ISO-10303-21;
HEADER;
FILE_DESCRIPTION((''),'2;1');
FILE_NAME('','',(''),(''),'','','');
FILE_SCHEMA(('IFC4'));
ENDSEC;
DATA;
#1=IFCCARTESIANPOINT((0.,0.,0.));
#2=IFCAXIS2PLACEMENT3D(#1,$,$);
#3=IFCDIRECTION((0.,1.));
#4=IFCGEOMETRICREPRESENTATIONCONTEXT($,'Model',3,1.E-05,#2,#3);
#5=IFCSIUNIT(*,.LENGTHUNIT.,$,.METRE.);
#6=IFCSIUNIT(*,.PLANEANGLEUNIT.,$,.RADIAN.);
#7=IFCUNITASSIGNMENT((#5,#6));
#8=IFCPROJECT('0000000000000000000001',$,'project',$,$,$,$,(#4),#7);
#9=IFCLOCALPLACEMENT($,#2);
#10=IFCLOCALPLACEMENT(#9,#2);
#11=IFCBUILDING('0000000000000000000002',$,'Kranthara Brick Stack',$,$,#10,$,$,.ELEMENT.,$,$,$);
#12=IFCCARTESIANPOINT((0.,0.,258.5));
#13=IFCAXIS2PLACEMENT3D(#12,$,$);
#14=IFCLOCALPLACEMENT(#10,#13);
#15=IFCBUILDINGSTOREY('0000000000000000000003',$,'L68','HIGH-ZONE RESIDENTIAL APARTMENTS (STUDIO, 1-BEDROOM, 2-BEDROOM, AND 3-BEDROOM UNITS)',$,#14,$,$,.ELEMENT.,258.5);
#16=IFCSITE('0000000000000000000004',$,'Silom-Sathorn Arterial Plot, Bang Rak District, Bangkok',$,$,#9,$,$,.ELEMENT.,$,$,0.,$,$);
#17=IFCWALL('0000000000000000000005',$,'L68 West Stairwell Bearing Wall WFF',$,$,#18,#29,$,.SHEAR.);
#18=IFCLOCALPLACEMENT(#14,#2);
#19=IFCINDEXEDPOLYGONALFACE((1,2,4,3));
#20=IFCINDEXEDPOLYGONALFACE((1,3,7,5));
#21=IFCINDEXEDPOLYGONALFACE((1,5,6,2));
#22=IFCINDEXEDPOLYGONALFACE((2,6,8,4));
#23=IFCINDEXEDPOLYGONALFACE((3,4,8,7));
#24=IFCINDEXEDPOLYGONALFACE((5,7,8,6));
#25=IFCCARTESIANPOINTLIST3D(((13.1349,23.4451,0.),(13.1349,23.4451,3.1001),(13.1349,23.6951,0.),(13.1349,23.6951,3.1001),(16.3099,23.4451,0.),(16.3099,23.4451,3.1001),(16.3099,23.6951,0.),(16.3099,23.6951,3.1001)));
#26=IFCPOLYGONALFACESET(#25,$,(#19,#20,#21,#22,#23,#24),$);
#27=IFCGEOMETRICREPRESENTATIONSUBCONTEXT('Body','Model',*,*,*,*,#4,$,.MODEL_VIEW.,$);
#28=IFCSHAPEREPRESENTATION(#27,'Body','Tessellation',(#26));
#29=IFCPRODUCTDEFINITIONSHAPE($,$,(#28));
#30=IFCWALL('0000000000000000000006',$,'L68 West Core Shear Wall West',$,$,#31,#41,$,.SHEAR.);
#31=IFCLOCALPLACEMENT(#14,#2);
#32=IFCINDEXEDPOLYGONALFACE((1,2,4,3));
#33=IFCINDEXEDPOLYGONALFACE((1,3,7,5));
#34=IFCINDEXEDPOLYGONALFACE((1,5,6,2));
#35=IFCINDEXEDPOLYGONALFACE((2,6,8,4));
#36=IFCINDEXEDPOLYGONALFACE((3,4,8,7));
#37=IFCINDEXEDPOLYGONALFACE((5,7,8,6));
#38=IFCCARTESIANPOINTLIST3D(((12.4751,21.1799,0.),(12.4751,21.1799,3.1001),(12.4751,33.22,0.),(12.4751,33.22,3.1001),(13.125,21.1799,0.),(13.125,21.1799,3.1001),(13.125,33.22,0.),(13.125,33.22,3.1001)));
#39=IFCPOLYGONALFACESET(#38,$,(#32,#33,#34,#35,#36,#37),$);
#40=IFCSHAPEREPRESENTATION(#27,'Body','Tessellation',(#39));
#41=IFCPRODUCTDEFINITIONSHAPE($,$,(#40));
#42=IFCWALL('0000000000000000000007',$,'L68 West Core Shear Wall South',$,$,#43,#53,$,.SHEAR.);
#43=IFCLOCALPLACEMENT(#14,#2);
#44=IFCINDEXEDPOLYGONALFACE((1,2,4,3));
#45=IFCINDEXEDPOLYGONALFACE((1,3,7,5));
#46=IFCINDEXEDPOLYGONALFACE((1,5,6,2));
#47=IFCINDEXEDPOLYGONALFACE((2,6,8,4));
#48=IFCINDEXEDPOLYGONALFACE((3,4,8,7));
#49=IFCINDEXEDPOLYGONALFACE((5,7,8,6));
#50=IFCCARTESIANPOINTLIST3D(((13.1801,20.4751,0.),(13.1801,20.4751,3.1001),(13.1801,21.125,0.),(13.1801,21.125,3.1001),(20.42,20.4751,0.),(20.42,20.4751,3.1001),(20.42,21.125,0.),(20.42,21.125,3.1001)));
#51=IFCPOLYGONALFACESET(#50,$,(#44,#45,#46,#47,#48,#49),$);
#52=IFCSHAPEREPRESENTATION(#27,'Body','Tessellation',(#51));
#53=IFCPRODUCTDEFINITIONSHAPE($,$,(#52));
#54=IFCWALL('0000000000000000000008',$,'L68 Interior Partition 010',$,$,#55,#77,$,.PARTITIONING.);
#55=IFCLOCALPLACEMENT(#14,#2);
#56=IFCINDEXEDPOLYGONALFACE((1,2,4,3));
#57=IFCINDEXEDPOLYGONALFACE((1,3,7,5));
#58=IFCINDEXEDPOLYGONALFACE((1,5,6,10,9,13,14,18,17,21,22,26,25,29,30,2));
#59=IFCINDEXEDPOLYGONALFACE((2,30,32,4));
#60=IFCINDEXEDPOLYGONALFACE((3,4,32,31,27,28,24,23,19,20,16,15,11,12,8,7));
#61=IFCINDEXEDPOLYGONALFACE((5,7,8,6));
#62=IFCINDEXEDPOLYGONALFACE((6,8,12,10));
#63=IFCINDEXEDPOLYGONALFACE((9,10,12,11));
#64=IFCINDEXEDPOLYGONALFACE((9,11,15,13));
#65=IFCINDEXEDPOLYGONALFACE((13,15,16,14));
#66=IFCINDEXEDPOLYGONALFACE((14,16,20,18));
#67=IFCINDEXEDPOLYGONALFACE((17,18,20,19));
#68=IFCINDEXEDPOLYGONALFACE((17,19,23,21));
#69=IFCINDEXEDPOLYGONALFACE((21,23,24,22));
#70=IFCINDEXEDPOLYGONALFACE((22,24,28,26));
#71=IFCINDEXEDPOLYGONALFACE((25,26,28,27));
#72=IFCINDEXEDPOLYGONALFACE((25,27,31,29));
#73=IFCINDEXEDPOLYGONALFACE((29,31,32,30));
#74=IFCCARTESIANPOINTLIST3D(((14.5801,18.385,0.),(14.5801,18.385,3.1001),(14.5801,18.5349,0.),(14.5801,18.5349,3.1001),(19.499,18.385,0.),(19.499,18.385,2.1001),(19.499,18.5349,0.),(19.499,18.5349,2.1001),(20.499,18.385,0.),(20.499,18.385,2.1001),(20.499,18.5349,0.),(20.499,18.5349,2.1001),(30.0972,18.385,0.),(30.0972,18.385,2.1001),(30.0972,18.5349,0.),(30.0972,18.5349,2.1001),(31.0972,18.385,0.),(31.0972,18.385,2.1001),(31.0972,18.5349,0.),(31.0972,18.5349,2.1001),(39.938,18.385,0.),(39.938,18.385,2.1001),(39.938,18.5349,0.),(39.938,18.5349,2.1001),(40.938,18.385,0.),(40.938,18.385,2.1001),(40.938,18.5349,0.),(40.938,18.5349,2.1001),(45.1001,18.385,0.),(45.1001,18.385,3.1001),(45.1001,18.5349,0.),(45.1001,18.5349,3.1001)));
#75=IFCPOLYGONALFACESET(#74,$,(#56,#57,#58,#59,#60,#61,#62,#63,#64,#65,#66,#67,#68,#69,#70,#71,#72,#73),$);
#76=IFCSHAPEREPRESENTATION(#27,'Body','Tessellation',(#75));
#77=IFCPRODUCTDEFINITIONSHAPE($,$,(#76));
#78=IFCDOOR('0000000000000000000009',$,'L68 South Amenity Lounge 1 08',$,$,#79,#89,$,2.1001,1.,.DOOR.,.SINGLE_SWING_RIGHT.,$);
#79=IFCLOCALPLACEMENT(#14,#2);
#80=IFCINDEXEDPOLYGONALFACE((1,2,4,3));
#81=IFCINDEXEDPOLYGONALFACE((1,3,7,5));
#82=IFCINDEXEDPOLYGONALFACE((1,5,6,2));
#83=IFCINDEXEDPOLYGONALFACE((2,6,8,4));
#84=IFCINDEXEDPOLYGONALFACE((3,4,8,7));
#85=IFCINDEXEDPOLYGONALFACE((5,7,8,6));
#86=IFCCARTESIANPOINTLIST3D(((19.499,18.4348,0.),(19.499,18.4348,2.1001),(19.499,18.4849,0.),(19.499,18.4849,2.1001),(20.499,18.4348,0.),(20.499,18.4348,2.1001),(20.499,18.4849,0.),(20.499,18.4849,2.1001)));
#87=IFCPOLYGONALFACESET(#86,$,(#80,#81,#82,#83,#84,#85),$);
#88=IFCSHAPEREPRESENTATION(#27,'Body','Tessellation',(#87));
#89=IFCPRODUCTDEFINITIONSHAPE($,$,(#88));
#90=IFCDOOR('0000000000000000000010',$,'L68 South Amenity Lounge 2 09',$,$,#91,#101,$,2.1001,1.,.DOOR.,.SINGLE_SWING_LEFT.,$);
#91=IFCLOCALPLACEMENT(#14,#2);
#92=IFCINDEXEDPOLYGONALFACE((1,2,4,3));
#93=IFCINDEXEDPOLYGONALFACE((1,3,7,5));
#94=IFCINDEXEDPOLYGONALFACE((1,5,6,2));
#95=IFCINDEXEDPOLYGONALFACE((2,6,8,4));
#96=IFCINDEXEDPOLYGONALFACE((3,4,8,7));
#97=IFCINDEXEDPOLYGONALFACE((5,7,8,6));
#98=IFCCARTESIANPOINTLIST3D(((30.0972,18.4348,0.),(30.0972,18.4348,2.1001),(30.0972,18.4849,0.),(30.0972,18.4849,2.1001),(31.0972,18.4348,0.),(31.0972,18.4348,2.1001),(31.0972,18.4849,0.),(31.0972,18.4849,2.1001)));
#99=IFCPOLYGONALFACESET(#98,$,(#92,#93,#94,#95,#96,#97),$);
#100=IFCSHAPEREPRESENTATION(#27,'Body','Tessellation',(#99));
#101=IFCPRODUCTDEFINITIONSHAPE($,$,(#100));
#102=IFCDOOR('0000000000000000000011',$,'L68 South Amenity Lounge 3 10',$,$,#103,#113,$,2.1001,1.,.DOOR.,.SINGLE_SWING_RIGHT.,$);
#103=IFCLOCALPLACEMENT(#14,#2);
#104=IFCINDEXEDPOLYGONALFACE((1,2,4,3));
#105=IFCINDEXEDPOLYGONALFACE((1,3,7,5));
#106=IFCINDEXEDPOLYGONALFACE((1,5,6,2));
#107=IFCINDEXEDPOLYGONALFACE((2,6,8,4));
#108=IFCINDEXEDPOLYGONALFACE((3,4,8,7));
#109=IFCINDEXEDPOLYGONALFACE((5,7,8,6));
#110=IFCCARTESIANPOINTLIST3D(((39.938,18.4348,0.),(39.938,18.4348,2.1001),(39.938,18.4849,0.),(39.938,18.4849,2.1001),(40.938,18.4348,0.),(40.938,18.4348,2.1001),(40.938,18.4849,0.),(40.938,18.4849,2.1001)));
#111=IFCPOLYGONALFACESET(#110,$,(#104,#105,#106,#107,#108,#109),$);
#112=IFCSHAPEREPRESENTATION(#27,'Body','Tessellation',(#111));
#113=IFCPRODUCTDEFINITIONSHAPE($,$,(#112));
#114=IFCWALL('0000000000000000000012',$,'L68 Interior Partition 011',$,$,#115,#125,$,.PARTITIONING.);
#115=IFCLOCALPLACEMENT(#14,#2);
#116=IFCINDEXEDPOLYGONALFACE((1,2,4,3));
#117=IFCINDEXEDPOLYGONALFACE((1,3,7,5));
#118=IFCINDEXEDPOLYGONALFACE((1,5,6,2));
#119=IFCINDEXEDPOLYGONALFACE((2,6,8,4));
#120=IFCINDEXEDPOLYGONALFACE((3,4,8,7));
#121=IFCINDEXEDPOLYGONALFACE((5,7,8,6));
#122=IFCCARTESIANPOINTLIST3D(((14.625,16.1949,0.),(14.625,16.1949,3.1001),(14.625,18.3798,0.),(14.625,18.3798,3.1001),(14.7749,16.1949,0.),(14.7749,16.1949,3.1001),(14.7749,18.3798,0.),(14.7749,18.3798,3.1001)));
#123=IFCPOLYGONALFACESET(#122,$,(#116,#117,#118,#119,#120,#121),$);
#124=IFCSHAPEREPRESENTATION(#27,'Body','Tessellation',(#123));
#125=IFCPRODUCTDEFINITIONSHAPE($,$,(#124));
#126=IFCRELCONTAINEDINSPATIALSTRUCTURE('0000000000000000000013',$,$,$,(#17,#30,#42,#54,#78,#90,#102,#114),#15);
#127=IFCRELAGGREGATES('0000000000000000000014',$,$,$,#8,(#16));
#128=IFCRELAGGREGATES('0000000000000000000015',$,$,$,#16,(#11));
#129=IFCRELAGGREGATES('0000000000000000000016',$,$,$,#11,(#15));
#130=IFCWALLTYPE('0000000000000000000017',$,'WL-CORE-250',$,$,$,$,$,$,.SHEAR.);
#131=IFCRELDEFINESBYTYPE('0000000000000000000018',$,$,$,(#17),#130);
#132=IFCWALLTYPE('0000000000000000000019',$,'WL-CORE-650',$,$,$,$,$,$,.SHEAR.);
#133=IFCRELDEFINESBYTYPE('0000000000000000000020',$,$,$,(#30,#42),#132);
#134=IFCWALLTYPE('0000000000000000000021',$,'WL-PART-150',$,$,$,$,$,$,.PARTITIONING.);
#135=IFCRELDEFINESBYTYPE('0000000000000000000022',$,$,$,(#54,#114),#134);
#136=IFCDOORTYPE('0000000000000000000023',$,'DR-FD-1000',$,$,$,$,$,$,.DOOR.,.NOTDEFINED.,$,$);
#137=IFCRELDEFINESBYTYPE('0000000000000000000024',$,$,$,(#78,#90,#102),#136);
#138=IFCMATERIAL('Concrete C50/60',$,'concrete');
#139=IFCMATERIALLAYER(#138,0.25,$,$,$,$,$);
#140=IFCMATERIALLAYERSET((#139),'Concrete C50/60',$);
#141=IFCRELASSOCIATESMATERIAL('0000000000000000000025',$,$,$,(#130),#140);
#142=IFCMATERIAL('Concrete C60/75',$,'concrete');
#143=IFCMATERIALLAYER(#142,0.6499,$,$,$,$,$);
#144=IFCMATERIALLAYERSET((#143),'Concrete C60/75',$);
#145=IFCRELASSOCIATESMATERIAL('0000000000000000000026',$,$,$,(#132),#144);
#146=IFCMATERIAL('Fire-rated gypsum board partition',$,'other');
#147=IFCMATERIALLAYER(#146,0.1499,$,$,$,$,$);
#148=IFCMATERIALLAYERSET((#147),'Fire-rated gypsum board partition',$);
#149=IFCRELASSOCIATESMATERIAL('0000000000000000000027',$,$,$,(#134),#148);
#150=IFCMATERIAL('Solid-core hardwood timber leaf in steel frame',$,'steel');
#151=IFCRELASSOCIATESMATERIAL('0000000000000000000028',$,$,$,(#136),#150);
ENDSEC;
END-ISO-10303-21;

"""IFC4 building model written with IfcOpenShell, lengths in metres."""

from ifc_helpers import new_model, si_unit, direction, frame, frame_2d, origin, place, context, subcontext, project, spatial, rectangle, extrude, material, layer, layer_set, type_object, element, fill, save


model = new_model("IFC4")

# Units and contexts
model_context = context("Model", 3, precision=1e-05, world=origin(), true_north=direction((0.0, 1.0)))
body_context = subcontext(model_context, "Body", "Model", "MODEL_VIEW")
ifc_project = project(units=[si_unit("LENGTHUNIT", "METRE"), si_unit("PLANEANGLEUNIT", "RADIAN")], contexts=[model_context])

# Site, building, storey
site_placement = place(None, origin())
site = spatial("IfcSite", under=ifc_project, at=site_placement, Name="Silom-Sathorn Arterial Plot, Bang Rak District, Bangkok", CompositionType="ELEMENT", RefElevation=0.0)
building_placement = place(site_placement, origin())
building = spatial("IfcBuilding", under=site, at=building_placement, Name="Kranthara Brick Stack", CompositionType="ELEMENT")
storey_placement = place(building_placement, frame((0.0, 0.0, 258.5)))
storey = spatial("IfcBuildingStorey", under=building, at=storey_placement, Name="L68", Description="HIGH-ZONE RESIDENTIAL APARTMENTS (STUDIO, 1-BEDROOM, 2-BEDROOM, AND 3-BEDROOM UNITS)", CompositionType="ELEMENT", Elevation=258.5)

# Shared definitions
ifc_material_1 = material(Name="Concrete C50/60", Category="concrete")
ifc_layer_1 = layer(ifc_material_1, 0.25)
ifc_layer_set_1 = layer_set([ifc_layer_1], Name="Concrete C50/60")
wall_type_1 = type_object("IfcWallType", Name="WL-CORE-250", PredefinedType="SHEAR", material=ifc_layer_set_1)

# Walls
wall_1_placement = place(storey_placement, frame((13.135, 23.5701, 0.0), z_axis=(0.0, 0.0, 1.0), x_axis=(1.0, 0.0, 0.0)))
element("IfcWall", 1, at=wall_1_placement, inside=storey, type_object=wall_type_1, Name="L68 West Stairwell Bearing Wall WFF", PredefinedType="SHEAR", context=body_context, shape_type="SweptSolid", body=[
    extrude(rectangle(XDim=3.175, YDim=0.25, at=frame_2d((1.5874, 0.0))), origin(), (0.0, 0.0, 1.0), 3.1001),
])
ifc_material_2 = material(Name="Concrete C60/75", Category="concrete")
ifc_layer_2 = layer(ifc_material_2, 0.6499)
ifc_layer_set_2 = layer_set([ifc_layer_2], Name="Concrete C60/75")
wall_type_2 = type_object("IfcWallType", Name="WL-CORE-650", PredefinedType="SHEAR", material=ifc_layer_set_2)
wall_2_placement = place(storey_placement, frame((12.8, 21.1799, 0.0), z_axis=(0.0, 0.0, 1.0), x_axis=(0.0, 1.0, 0.0)))
element("IfcWall", 2, at=wall_2_placement, inside=storey, type_object=wall_type_2, Name="L68 West Core Shear Wall West", PredefinedType="SHEAR", context=body_context, shape_type="SweptSolid", body=[
    extrude(rectangle(XDim=12.04, YDim=0.6499, at=frame_2d((6.02, 0.0))), origin(), (0.0, 0.0, 1.0), 3.1001),
])
wall_3_placement = place(storey_placement, frame((13.1799, 20.8, 0.0), z_axis=(0.0, 0.0, 1.0), x_axis=(1.0, 0.0, 0.0)))
element("IfcWall", 3, at=wall_3_placement, inside=storey, type_object=wall_type_2, Name="L68 West Core Shear Wall South", PredefinedType="SHEAR", context=body_context, shape_type="SweptSolid", body=[
    extrude(rectangle(XDim=7.24, YDim=0.6499, at=frame_2d((3.6201, 0.0))), origin(), (0.0, 0.0, 1.0), 3.1001),
])

# Wall, openings, doors
ifc_material_3 = material(Name="Fire-rated gypsum board partition", Category="other")
ifc_layer_3 = layer(ifc_material_3, 0.1499)
ifc_layer_set_3 = layer_set([ifc_layer_3], Name="Fire-rated gypsum board partition")
wall_type_3 = type_object("IfcWallType", Name="WL-PART-150", PredefinedType="PARTITIONING", material=ifc_layer_set_3)
wall_4_placement = place(storey_placement, frame((14.5801, 18.46, 0.0), z_axis=(0.0, 0.0, 1.0), x_axis=(1.0, 0.0, 0.0)))
wall_4 = element("IfcWall", 4, at=wall_4_placement, inside=storey, type_object=wall_type_3, Name="L68 Interior Partition 010", PredefinedType="PARTITIONING", context=body_context, shape_type="SweptSolid", body=[
    extrude(rectangle(XDim=30.52, YDim=0.1499, at=frame_2d((15.26, 0.0))), origin(), (0.0, 0.0, 1.0), 3.1001),
])
opening_1_placement = place(wall_4_placement, frame((4.9189, 0.0, 0.0)))
opening_1 = element("IfcOpeningElement", 5, at=opening_1_placement, cuts=wall_4, PredefinedType="OPENING", context=body_context, shape_type="SweptSolid", body=[
    extrude(rectangle(XDim=1.0, YDim=2.1001, at=frame_2d((0.5, 1.05))), frame((0.0, 0.085, 0.0), z_axis=(0.0, -1.0, 0.0), x_axis=(1.0, 0.0, 0.0)), (0.0, 0.0, 1.0), 0.1699),
])
opening_2_placement = place(wall_4_placement, frame((15.5171, 0.0, 0.0)))
opening_2 = element("IfcOpeningElement", 6, at=opening_2_placement, cuts=wall_4, PredefinedType="OPENING", context=body_context, shape_type="SweptSolid", body=[
    extrude(rectangle(XDim=1.0, YDim=2.1001, at=frame_2d((0.5, 1.05))), frame((0.0, 0.085, 0.0), z_axis=(0.0, -1.0, 0.0), x_axis=(1.0, 0.0, 0.0)), (0.0, 0.0, 1.0), 0.1699),
])
opening_3_placement = place(wall_4_placement, frame((25.3579, 0.0, 0.0)))
opening_3 = element("IfcOpeningElement", 7, at=opening_3_placement, cuts=wall_4, PredefinedType="OPENING", context=body_context, shape_type="SweptSolid", body=[
    extrude(rectangle(XDim=1.0, YDim=2.1001, at=frame_2d((0.5, 1.05))), frame((0.0, 0.085, 0.0), z_axis=(0.0, -1.0, 0.0), x_axis=(1.0, 0.0, 0.0)), (0.0, 0.0, 1.0), 0.1699),
])
ifc_material_4 = material(Name="Solid-core hardwood timber leaf in steel frame", Category="steel")
door_type_1 = type_object("IfcDoorType", Name="DR-FD-1000", OperationType="NOTDEFINED", PredefinedType="DOOR", material=ifc_material_4)
door_1_placement = place(opening_1_placement, origin())
door_1 = element("IfcDoor", 8, at=door_1_placement, inside=storey, type_object=door_type_1, Name="L68 South Amenity Lounge 1 08", OperationType="SINGLE_SWING_RIGHT", OverallHeight=2.1001, OverallWidth=1.0, PredefinedType="DOOR", context=body_context, shape_type="SweptSolid", body=[
    extrude(rectangle(XDim=1.0, YDim=2.1001, at=frame_2d((0.5, 1.05))), frame((0.0, 0.0249, 0.0), z_axis=(0.0, -1.0, 0.0), x_axis=(1.0, 0.0, 0.0)), (0.0, 0.0, 1.0), 0.05),
])
fill(opening_1, door_1)
door_2_placement = place(opening_2_placement, origin())
door_2 = element("IfcDoor", 9, at=door_2_placement, inside=storey, type_object=door_type_1, Name="L68 South Amenity Lounge 2 09", OperationType="SINGLE_SWING_LEFT", OverallHeight=2.1001, OverallWidth=1.0, PredefinedType="DOOR", context=body_context, shape_type="SweptSolid", body=[
    extrude(rectangle(XDim=1.0, YDim=2.1001, at=frame_2d((0.5, 1.05))), frame((0.0, 0.0249, 0.0), z_axis=(0.0, -1.0, 0.0), x_axis=(1.0, 0.0, 0.0)), (0.0, 0.0, 1.0), 0.05),
])
fill(opening_2, door_2)
door_3_placement = place(opening_3_placement, origin())
door_3 = element("IfcDoor", 10, at=door_3_placement, inside=storey, type_object=door_type_1, Name="L68 South Amenity Lounge 3 10", OperationType="SINGLE_SWING_RIGHT", OverallHeight=2.1001, OverallWidth=1.0, PredefinedType="DOOR", context=body_context, shape_type="SweptSolid", body=[
    extrude(rectangle(XDim=1.0, YDim=2.1001, at=frame_2d((0.5, 1.05))), frame((0.0, 0.0249, 0.0), z_axis=(0.0, -1.0, 0.0), x_axis=(1.0, 0.0, 0.0)), (0.0, 0.0, 1.0), 0.05),
])
fill(opening_3, door_3)

# Wall
wall_5_placement = place(storey_placement, frame((14.7, 16.1951, 0.0), z_axis=(0.0, 0.0, 1.0), x_axis=(0.0, 1.0, 0.0)))
element("IfcWall", 11, at=wall_5_placement, inside=storey, type_object=wall_type_3, Name="L68 Interior Partition 011", PredefinedType="PARTITIONING", context=body_context, shape_type="SweptSolid", body=[
    extrude(rectangle(XDim=2.1848, YDim=0.1499, at=frame_2d((1.0923, 0.0))), origin(), (0.0, 0.0, 1.0), 3.1001),
])

save(model, "model.ifc")
